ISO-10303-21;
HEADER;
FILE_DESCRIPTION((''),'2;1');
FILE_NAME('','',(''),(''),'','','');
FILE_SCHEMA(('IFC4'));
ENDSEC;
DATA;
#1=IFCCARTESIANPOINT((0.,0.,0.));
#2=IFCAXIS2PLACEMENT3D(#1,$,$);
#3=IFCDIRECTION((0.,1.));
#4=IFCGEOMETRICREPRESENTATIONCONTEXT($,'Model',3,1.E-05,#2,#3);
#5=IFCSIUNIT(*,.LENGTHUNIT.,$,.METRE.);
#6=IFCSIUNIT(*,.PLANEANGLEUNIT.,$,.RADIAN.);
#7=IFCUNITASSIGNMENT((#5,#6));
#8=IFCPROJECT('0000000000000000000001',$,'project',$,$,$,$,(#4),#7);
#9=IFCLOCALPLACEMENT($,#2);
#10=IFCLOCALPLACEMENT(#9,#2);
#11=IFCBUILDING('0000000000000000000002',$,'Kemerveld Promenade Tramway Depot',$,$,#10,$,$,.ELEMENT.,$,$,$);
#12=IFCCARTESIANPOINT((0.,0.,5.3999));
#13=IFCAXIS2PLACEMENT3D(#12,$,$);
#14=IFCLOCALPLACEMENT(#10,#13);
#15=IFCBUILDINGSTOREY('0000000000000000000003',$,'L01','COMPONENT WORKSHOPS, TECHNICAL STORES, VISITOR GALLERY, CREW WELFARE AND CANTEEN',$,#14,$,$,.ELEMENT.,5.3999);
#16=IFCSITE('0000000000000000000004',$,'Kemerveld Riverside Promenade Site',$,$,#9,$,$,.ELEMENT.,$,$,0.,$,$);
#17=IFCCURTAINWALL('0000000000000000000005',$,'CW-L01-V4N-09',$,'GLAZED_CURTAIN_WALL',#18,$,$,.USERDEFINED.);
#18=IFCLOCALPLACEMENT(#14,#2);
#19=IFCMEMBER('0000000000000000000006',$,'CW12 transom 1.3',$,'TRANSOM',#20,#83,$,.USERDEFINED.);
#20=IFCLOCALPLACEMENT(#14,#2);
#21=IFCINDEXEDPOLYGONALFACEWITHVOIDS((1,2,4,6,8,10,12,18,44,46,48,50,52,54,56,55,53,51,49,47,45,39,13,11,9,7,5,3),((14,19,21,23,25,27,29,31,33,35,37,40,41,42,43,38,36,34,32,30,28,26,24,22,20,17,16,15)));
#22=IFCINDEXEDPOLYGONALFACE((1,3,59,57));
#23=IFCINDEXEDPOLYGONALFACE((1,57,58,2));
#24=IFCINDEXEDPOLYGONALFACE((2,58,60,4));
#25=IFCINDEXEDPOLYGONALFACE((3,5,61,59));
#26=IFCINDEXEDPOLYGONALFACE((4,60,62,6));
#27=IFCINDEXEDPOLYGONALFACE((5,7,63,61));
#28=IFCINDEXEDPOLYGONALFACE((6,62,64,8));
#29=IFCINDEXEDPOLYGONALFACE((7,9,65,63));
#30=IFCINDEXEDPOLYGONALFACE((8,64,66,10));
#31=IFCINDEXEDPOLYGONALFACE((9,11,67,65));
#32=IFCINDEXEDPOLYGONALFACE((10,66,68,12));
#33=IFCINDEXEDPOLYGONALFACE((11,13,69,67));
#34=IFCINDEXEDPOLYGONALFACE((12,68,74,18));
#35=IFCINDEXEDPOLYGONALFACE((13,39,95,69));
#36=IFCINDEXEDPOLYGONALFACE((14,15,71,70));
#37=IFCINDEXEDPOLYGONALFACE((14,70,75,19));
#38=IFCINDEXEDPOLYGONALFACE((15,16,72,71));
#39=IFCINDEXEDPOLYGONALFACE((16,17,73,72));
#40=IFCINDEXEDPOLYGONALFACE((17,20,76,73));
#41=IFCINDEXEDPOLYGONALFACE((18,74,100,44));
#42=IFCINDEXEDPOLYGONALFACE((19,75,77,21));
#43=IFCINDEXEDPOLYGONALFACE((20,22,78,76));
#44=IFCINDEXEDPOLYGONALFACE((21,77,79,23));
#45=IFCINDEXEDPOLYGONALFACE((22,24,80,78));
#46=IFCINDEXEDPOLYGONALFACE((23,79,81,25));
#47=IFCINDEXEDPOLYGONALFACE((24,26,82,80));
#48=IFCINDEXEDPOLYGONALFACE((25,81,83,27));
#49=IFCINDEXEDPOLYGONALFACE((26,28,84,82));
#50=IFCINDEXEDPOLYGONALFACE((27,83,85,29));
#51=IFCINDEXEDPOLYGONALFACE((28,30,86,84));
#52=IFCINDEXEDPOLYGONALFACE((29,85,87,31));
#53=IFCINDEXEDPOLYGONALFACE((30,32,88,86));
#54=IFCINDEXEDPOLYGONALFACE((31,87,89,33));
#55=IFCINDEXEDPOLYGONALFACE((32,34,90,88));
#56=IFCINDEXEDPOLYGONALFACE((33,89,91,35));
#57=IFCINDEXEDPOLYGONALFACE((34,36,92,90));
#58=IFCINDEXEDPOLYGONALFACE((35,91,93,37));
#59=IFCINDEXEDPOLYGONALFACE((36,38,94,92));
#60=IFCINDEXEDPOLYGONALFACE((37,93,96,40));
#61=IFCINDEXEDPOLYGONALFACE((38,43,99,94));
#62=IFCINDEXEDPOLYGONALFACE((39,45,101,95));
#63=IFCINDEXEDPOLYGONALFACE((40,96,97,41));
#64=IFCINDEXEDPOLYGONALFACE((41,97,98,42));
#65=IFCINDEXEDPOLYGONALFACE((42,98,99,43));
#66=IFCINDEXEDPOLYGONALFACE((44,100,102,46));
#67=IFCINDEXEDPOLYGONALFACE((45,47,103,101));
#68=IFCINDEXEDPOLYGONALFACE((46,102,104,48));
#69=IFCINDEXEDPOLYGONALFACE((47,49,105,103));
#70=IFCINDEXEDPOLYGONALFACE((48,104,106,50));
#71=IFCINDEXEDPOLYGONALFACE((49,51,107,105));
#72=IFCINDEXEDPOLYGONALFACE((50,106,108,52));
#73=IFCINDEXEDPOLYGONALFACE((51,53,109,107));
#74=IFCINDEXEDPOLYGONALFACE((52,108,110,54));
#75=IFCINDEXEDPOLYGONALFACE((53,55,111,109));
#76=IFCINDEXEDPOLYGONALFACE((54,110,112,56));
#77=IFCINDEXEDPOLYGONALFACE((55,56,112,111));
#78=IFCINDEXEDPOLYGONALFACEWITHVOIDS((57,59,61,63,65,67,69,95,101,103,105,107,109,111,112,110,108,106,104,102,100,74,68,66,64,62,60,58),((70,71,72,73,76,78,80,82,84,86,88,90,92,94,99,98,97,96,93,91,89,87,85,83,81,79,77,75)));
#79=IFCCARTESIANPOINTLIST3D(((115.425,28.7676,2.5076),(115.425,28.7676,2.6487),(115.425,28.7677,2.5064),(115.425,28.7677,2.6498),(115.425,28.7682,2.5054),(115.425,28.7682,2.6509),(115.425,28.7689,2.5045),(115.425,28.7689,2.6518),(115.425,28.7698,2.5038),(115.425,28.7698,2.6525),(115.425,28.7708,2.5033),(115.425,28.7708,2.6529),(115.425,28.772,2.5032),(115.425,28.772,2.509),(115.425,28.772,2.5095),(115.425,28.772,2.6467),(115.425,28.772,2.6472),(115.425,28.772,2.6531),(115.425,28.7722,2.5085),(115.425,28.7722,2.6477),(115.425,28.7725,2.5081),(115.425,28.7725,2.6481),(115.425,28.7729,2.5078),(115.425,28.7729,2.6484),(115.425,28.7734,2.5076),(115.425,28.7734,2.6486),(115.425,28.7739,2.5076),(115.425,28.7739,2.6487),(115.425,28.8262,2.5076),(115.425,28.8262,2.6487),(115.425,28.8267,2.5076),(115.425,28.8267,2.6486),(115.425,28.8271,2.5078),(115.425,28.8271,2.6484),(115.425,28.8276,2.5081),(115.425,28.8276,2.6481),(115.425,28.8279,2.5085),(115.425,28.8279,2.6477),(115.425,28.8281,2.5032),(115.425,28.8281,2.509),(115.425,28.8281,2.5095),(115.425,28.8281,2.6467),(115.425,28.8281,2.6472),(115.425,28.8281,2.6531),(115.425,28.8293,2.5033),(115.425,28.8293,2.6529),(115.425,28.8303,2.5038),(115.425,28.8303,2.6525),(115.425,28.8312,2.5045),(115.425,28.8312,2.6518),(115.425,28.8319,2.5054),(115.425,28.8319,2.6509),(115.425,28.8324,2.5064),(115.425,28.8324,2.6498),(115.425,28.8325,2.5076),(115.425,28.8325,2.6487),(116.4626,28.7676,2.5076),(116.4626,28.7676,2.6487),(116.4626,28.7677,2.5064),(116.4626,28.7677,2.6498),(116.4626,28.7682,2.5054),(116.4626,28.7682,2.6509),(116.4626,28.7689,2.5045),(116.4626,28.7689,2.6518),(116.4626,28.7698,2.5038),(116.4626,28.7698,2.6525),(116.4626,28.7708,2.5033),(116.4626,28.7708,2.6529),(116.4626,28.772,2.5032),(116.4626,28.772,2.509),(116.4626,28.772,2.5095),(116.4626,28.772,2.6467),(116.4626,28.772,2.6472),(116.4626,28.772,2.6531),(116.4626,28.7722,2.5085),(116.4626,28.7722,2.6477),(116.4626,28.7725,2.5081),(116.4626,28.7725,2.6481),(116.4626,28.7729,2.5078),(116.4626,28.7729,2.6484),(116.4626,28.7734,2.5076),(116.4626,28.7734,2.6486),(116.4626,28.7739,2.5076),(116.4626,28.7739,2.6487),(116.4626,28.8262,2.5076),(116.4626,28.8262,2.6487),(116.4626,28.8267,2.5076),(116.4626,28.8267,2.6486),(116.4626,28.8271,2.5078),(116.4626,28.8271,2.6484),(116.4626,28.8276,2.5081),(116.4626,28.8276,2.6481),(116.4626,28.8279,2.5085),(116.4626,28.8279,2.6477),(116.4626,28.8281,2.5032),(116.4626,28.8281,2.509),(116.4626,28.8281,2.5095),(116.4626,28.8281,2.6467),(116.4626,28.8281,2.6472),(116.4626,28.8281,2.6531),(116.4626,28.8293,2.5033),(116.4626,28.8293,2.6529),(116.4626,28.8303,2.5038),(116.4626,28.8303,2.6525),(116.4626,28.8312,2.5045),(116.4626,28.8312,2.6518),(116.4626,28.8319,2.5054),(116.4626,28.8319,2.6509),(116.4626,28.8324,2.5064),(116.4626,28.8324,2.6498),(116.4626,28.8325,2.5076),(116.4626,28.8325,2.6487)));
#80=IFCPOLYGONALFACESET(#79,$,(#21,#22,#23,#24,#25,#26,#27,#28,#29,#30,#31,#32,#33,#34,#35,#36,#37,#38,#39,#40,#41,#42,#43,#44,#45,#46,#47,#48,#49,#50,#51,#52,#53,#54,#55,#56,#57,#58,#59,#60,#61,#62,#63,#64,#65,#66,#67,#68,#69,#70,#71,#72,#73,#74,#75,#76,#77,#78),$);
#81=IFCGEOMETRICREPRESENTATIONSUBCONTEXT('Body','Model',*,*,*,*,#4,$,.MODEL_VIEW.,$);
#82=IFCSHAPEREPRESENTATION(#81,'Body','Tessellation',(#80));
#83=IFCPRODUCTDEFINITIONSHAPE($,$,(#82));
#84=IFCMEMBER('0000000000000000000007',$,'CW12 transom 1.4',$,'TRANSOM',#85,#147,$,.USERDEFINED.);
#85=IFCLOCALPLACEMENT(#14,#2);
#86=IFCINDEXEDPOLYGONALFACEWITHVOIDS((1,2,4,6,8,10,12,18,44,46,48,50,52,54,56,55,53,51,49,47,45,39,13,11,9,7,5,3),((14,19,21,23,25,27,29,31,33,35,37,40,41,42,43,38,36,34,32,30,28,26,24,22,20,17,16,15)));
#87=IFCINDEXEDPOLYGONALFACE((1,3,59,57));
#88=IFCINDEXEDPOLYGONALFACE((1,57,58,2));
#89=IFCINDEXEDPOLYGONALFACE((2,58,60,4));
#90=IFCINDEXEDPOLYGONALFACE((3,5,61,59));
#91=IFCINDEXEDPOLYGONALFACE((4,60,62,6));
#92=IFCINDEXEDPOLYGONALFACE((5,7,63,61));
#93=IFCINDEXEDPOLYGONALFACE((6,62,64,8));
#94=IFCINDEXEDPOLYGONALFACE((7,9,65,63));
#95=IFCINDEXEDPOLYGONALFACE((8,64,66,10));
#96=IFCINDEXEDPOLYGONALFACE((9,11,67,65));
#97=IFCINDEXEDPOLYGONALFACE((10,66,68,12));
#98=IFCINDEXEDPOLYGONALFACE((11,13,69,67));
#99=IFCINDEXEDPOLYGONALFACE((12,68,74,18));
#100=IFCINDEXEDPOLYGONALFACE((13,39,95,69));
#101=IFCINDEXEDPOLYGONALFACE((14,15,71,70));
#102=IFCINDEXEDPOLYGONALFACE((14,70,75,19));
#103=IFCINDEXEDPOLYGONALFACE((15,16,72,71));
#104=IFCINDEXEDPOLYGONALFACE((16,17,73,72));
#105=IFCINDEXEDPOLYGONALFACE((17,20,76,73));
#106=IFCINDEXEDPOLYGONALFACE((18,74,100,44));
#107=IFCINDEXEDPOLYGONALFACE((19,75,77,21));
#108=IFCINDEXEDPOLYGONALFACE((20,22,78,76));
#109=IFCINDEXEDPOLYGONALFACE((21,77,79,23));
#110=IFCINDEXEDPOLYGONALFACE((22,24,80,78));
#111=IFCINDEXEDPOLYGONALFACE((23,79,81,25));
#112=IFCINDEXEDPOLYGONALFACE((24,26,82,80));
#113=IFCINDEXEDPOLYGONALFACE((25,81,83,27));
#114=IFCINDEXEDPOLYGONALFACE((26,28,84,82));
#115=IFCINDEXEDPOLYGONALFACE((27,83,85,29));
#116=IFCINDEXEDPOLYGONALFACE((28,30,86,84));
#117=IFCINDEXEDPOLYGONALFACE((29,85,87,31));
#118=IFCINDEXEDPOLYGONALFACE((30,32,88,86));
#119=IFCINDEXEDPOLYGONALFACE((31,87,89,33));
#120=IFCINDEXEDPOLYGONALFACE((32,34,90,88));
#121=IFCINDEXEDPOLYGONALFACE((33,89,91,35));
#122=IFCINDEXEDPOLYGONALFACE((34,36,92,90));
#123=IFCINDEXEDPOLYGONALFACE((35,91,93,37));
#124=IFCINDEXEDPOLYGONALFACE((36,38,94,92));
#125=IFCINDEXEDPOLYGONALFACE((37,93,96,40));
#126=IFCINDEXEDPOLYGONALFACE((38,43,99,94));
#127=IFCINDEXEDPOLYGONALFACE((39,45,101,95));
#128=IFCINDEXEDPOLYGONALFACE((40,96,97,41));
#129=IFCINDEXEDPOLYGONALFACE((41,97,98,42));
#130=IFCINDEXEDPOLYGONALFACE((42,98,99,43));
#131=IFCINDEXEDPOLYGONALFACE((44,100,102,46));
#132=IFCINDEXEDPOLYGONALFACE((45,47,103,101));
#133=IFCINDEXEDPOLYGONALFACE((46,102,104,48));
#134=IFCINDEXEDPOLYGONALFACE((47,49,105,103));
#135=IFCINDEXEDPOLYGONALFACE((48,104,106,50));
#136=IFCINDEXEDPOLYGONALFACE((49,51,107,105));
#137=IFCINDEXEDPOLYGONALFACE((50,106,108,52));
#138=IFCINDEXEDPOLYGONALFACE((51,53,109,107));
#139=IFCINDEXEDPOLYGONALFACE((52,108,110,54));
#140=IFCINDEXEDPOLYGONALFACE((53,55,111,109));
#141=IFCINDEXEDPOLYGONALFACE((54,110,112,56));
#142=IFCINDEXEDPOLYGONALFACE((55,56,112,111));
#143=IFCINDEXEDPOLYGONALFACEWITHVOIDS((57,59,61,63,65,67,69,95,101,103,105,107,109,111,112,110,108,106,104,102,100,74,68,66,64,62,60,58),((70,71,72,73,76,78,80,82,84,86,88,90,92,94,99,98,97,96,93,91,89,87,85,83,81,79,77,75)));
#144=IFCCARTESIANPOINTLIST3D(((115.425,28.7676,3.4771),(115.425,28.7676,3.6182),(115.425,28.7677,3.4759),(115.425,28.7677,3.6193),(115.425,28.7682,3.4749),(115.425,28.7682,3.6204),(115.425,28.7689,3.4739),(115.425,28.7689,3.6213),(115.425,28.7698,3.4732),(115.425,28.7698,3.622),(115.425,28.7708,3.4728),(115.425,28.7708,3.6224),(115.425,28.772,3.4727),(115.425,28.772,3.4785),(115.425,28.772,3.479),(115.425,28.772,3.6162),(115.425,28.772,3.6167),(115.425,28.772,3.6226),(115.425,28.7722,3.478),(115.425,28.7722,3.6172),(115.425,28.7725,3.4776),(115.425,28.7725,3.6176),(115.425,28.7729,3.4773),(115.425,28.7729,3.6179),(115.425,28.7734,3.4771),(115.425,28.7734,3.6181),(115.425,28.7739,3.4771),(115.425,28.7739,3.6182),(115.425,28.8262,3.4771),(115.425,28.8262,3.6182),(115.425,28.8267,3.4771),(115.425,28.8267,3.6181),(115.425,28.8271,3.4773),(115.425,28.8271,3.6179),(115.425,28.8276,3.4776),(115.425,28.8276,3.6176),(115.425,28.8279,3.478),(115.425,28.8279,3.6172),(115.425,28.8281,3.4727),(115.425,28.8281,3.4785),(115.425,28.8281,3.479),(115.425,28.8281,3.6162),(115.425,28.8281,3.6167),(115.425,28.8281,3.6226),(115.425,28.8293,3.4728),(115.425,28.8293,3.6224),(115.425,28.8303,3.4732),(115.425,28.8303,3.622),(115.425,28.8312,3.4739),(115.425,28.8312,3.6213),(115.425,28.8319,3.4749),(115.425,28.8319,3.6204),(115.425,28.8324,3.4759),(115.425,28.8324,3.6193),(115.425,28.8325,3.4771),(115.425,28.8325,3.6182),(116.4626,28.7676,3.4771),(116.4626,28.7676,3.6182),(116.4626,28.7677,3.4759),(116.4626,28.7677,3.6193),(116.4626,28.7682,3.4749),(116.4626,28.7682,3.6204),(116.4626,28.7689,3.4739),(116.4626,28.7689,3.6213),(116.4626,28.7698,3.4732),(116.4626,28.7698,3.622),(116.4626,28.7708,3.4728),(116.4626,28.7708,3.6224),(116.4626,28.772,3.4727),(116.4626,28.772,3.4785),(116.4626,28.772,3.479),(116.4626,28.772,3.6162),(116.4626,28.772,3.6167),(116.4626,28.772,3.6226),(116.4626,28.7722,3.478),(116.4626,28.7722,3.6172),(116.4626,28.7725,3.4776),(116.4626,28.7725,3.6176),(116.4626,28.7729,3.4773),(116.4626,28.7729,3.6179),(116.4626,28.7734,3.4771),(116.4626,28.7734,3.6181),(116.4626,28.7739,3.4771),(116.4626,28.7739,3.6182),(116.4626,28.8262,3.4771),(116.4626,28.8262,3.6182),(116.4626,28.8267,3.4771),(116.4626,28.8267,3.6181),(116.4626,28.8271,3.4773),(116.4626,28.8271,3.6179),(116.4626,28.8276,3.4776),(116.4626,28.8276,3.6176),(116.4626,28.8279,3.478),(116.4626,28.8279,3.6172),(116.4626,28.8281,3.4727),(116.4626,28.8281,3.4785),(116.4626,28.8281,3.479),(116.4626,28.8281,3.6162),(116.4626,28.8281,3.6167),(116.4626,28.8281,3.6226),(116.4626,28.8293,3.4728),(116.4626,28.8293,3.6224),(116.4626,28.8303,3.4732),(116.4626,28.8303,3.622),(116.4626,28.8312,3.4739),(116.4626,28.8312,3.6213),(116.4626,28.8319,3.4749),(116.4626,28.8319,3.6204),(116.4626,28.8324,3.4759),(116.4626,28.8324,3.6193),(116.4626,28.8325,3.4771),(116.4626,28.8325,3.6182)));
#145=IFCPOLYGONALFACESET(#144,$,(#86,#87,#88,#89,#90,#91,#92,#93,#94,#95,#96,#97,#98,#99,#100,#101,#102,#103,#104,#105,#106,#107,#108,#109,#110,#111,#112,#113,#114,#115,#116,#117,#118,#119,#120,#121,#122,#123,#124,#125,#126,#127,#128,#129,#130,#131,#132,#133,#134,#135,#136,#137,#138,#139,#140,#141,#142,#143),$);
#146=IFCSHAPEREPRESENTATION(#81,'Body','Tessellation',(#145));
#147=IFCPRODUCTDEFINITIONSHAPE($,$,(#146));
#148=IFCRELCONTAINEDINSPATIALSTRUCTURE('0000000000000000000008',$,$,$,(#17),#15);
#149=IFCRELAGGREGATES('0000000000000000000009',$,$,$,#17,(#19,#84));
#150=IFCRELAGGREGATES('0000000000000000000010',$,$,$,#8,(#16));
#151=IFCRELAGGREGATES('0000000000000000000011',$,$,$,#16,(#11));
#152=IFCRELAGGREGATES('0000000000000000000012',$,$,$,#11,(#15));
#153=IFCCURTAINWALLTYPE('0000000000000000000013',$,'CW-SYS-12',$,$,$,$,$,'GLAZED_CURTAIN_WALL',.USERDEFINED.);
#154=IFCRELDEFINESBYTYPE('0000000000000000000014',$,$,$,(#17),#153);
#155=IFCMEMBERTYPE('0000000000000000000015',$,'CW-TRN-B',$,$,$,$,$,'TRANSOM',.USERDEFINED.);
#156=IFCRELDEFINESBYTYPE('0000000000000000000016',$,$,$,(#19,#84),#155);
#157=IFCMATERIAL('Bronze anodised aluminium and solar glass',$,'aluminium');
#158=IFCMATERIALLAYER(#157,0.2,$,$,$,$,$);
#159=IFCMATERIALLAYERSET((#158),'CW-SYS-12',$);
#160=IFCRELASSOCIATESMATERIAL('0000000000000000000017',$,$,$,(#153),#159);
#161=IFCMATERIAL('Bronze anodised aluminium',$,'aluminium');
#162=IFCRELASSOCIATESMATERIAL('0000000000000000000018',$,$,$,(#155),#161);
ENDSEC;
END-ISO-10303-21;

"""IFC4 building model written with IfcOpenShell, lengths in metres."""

from ifc_helpers import new_model, si_unit, direction, frame, origin, origin_2d, place, context, subcontext, project, spatial, hollow_rectangle, extrude, material, layer, layer_set, material_profile, profile_set, type_object, element, aggregate, save


model = new_model("IFC4")

# Units and contexts
model_context = context("Model", 3, precision=1e-05, world=origin(), true_north=direction((0.0, 1.0)))
body_context = subcontext(model_context, "Body", "Model", "MODEL_VIEW")
ifc_project = project(units=[si_unit("LENGTHUNIT", "METRE"), si_unit("PLANEANGLEUNIT", "RADIAN")], contexts=[model_context])

# Site, building, storey
site_placement = place(None, origin())
site = spatial("IfcSite", under=ifc_project, at=site_placement, Name="Kemerveld Riverside Promenade Site", CompositionType="ELEMENT", RefElevation=0.0)
building_placement = place(site_placement, origin())
building = spatial("IfcBuilding", under=site, at=building_placement, Name="Kemerveld Promenade Tramway Depot", CompositionType="ELEMENT")
storey_placement = place(building_placement, frame((0.0, 0.0, 5.3999)))
storey = spatial("IfcBuildingStorey", under=building, at=storey_placement, Name="L01", Description="COMPONENT WORKSHOPS, TECHNICAL STORES, VISITOR GALLERY, CREW WELFARE AND CANTEEN", CompositionType="ELEMENT", Elevation=5.3999)

# Curtain wall, members
ifc_material_1 = material(Name="Bronze anodised aluminium and solar glass", Category="aluminium")
ifc_layer_1 = layer(ifc_material_1, 0.2)
ifc_layer_set_1 = layer_set([ifc_layer_1], Name="CW-SYS-12")
curtain_wall_type = type_object("IfcCurtainWallType", Name="CW-SYS-12", ElementType="GLAZED_CURTAIN_WALL", PredefinedType="USERDEFINED", material=ifc_layer_set_1)
curtain_wall_placement = place(storey_placement, origin())
curtain_wall = element("IfcCurtainWall", 1, at=curtain_wall_placement, inside=storey, type_object=curtain_wall_type, Name="CW-L01-V4N-09", ObjectType="GLAZED_CURTAIN_WALL", PredefinedType="USERDEFINED")
ifc_material_2 = material(Name="Bronze anodised aluminium", Category="aluminium")
ifc_material_profile_1 = material_profile(ifc_material_2, hollow_rectangle(XDim=0.0649, YDim=0.1499, WallThickness=0.0044, InnerFilletRadius=0.002, OuterFilletRadius=0.0044, at=origin_2d()), Name="CW-TRN-150x65")
ifc_profile_set_1 = profile_set([ifc_material_profile_1], Name="Bronze anodised aluminium")
member_type_1 = type_object("IfcMemberType", Name="CW-TRN-B", ElementType="TRANSOM", PredefinedType="USERDEFINED", material=ifc_profile_set_1)
member_1_placement = place(storey_placement, frame((115.425, 28.8, 2.5781), z_axis=(1.0, 0.0, 0.0), x_axis=(0.0, 1.0, 0.0)))
member_1 = element("IfcMember", 2, at=member_1_placement, type_object=member_type_1, Name="CW12 transom 1.3", ObjectType="TRANSOM", PredefinedType="USERDEFINED", context=body_context, shape_type="SweptSolid", body=[
    extrude(hollow_rectangle(XDim=0.0649, YDim=0.1499, WallThickness=0.0044, InnerFilletRadius=0.002, OuterFilletRadius=0.0044, at=origin_2d()), origin(), (0.0, 0.0, 1.0), 1.0376),
])
member_2_placement = place(storey_placement, frame((115.425, 28.8, 3.5476), z_axis=(1.0, 0.0, 0.0), x_axis=(0.0, 1.0, 0.0)))
member_2 = element("IfcMember", 3, at=member_2_placement, type_object=member_type_1, Name="CW12 transom 1.4", ObjectType="TRANSOM", PredefinedType="USERDEFINED", context=body_context, shape_type="SweptSolid", body=[
    extrude(hollow_rectangle(XDim=0.0649, YDim=0.1499, WallThickness=0.0044, InnerFilletRadius=0.002, OuterFilletRadius=0.0044, at=origin_2d()), origin(), (0.0, 0.0, 1.0), 1.0376),
])
aggregate(curtain_wall, [member_1, member_2])

save(model, "model.ifc")
